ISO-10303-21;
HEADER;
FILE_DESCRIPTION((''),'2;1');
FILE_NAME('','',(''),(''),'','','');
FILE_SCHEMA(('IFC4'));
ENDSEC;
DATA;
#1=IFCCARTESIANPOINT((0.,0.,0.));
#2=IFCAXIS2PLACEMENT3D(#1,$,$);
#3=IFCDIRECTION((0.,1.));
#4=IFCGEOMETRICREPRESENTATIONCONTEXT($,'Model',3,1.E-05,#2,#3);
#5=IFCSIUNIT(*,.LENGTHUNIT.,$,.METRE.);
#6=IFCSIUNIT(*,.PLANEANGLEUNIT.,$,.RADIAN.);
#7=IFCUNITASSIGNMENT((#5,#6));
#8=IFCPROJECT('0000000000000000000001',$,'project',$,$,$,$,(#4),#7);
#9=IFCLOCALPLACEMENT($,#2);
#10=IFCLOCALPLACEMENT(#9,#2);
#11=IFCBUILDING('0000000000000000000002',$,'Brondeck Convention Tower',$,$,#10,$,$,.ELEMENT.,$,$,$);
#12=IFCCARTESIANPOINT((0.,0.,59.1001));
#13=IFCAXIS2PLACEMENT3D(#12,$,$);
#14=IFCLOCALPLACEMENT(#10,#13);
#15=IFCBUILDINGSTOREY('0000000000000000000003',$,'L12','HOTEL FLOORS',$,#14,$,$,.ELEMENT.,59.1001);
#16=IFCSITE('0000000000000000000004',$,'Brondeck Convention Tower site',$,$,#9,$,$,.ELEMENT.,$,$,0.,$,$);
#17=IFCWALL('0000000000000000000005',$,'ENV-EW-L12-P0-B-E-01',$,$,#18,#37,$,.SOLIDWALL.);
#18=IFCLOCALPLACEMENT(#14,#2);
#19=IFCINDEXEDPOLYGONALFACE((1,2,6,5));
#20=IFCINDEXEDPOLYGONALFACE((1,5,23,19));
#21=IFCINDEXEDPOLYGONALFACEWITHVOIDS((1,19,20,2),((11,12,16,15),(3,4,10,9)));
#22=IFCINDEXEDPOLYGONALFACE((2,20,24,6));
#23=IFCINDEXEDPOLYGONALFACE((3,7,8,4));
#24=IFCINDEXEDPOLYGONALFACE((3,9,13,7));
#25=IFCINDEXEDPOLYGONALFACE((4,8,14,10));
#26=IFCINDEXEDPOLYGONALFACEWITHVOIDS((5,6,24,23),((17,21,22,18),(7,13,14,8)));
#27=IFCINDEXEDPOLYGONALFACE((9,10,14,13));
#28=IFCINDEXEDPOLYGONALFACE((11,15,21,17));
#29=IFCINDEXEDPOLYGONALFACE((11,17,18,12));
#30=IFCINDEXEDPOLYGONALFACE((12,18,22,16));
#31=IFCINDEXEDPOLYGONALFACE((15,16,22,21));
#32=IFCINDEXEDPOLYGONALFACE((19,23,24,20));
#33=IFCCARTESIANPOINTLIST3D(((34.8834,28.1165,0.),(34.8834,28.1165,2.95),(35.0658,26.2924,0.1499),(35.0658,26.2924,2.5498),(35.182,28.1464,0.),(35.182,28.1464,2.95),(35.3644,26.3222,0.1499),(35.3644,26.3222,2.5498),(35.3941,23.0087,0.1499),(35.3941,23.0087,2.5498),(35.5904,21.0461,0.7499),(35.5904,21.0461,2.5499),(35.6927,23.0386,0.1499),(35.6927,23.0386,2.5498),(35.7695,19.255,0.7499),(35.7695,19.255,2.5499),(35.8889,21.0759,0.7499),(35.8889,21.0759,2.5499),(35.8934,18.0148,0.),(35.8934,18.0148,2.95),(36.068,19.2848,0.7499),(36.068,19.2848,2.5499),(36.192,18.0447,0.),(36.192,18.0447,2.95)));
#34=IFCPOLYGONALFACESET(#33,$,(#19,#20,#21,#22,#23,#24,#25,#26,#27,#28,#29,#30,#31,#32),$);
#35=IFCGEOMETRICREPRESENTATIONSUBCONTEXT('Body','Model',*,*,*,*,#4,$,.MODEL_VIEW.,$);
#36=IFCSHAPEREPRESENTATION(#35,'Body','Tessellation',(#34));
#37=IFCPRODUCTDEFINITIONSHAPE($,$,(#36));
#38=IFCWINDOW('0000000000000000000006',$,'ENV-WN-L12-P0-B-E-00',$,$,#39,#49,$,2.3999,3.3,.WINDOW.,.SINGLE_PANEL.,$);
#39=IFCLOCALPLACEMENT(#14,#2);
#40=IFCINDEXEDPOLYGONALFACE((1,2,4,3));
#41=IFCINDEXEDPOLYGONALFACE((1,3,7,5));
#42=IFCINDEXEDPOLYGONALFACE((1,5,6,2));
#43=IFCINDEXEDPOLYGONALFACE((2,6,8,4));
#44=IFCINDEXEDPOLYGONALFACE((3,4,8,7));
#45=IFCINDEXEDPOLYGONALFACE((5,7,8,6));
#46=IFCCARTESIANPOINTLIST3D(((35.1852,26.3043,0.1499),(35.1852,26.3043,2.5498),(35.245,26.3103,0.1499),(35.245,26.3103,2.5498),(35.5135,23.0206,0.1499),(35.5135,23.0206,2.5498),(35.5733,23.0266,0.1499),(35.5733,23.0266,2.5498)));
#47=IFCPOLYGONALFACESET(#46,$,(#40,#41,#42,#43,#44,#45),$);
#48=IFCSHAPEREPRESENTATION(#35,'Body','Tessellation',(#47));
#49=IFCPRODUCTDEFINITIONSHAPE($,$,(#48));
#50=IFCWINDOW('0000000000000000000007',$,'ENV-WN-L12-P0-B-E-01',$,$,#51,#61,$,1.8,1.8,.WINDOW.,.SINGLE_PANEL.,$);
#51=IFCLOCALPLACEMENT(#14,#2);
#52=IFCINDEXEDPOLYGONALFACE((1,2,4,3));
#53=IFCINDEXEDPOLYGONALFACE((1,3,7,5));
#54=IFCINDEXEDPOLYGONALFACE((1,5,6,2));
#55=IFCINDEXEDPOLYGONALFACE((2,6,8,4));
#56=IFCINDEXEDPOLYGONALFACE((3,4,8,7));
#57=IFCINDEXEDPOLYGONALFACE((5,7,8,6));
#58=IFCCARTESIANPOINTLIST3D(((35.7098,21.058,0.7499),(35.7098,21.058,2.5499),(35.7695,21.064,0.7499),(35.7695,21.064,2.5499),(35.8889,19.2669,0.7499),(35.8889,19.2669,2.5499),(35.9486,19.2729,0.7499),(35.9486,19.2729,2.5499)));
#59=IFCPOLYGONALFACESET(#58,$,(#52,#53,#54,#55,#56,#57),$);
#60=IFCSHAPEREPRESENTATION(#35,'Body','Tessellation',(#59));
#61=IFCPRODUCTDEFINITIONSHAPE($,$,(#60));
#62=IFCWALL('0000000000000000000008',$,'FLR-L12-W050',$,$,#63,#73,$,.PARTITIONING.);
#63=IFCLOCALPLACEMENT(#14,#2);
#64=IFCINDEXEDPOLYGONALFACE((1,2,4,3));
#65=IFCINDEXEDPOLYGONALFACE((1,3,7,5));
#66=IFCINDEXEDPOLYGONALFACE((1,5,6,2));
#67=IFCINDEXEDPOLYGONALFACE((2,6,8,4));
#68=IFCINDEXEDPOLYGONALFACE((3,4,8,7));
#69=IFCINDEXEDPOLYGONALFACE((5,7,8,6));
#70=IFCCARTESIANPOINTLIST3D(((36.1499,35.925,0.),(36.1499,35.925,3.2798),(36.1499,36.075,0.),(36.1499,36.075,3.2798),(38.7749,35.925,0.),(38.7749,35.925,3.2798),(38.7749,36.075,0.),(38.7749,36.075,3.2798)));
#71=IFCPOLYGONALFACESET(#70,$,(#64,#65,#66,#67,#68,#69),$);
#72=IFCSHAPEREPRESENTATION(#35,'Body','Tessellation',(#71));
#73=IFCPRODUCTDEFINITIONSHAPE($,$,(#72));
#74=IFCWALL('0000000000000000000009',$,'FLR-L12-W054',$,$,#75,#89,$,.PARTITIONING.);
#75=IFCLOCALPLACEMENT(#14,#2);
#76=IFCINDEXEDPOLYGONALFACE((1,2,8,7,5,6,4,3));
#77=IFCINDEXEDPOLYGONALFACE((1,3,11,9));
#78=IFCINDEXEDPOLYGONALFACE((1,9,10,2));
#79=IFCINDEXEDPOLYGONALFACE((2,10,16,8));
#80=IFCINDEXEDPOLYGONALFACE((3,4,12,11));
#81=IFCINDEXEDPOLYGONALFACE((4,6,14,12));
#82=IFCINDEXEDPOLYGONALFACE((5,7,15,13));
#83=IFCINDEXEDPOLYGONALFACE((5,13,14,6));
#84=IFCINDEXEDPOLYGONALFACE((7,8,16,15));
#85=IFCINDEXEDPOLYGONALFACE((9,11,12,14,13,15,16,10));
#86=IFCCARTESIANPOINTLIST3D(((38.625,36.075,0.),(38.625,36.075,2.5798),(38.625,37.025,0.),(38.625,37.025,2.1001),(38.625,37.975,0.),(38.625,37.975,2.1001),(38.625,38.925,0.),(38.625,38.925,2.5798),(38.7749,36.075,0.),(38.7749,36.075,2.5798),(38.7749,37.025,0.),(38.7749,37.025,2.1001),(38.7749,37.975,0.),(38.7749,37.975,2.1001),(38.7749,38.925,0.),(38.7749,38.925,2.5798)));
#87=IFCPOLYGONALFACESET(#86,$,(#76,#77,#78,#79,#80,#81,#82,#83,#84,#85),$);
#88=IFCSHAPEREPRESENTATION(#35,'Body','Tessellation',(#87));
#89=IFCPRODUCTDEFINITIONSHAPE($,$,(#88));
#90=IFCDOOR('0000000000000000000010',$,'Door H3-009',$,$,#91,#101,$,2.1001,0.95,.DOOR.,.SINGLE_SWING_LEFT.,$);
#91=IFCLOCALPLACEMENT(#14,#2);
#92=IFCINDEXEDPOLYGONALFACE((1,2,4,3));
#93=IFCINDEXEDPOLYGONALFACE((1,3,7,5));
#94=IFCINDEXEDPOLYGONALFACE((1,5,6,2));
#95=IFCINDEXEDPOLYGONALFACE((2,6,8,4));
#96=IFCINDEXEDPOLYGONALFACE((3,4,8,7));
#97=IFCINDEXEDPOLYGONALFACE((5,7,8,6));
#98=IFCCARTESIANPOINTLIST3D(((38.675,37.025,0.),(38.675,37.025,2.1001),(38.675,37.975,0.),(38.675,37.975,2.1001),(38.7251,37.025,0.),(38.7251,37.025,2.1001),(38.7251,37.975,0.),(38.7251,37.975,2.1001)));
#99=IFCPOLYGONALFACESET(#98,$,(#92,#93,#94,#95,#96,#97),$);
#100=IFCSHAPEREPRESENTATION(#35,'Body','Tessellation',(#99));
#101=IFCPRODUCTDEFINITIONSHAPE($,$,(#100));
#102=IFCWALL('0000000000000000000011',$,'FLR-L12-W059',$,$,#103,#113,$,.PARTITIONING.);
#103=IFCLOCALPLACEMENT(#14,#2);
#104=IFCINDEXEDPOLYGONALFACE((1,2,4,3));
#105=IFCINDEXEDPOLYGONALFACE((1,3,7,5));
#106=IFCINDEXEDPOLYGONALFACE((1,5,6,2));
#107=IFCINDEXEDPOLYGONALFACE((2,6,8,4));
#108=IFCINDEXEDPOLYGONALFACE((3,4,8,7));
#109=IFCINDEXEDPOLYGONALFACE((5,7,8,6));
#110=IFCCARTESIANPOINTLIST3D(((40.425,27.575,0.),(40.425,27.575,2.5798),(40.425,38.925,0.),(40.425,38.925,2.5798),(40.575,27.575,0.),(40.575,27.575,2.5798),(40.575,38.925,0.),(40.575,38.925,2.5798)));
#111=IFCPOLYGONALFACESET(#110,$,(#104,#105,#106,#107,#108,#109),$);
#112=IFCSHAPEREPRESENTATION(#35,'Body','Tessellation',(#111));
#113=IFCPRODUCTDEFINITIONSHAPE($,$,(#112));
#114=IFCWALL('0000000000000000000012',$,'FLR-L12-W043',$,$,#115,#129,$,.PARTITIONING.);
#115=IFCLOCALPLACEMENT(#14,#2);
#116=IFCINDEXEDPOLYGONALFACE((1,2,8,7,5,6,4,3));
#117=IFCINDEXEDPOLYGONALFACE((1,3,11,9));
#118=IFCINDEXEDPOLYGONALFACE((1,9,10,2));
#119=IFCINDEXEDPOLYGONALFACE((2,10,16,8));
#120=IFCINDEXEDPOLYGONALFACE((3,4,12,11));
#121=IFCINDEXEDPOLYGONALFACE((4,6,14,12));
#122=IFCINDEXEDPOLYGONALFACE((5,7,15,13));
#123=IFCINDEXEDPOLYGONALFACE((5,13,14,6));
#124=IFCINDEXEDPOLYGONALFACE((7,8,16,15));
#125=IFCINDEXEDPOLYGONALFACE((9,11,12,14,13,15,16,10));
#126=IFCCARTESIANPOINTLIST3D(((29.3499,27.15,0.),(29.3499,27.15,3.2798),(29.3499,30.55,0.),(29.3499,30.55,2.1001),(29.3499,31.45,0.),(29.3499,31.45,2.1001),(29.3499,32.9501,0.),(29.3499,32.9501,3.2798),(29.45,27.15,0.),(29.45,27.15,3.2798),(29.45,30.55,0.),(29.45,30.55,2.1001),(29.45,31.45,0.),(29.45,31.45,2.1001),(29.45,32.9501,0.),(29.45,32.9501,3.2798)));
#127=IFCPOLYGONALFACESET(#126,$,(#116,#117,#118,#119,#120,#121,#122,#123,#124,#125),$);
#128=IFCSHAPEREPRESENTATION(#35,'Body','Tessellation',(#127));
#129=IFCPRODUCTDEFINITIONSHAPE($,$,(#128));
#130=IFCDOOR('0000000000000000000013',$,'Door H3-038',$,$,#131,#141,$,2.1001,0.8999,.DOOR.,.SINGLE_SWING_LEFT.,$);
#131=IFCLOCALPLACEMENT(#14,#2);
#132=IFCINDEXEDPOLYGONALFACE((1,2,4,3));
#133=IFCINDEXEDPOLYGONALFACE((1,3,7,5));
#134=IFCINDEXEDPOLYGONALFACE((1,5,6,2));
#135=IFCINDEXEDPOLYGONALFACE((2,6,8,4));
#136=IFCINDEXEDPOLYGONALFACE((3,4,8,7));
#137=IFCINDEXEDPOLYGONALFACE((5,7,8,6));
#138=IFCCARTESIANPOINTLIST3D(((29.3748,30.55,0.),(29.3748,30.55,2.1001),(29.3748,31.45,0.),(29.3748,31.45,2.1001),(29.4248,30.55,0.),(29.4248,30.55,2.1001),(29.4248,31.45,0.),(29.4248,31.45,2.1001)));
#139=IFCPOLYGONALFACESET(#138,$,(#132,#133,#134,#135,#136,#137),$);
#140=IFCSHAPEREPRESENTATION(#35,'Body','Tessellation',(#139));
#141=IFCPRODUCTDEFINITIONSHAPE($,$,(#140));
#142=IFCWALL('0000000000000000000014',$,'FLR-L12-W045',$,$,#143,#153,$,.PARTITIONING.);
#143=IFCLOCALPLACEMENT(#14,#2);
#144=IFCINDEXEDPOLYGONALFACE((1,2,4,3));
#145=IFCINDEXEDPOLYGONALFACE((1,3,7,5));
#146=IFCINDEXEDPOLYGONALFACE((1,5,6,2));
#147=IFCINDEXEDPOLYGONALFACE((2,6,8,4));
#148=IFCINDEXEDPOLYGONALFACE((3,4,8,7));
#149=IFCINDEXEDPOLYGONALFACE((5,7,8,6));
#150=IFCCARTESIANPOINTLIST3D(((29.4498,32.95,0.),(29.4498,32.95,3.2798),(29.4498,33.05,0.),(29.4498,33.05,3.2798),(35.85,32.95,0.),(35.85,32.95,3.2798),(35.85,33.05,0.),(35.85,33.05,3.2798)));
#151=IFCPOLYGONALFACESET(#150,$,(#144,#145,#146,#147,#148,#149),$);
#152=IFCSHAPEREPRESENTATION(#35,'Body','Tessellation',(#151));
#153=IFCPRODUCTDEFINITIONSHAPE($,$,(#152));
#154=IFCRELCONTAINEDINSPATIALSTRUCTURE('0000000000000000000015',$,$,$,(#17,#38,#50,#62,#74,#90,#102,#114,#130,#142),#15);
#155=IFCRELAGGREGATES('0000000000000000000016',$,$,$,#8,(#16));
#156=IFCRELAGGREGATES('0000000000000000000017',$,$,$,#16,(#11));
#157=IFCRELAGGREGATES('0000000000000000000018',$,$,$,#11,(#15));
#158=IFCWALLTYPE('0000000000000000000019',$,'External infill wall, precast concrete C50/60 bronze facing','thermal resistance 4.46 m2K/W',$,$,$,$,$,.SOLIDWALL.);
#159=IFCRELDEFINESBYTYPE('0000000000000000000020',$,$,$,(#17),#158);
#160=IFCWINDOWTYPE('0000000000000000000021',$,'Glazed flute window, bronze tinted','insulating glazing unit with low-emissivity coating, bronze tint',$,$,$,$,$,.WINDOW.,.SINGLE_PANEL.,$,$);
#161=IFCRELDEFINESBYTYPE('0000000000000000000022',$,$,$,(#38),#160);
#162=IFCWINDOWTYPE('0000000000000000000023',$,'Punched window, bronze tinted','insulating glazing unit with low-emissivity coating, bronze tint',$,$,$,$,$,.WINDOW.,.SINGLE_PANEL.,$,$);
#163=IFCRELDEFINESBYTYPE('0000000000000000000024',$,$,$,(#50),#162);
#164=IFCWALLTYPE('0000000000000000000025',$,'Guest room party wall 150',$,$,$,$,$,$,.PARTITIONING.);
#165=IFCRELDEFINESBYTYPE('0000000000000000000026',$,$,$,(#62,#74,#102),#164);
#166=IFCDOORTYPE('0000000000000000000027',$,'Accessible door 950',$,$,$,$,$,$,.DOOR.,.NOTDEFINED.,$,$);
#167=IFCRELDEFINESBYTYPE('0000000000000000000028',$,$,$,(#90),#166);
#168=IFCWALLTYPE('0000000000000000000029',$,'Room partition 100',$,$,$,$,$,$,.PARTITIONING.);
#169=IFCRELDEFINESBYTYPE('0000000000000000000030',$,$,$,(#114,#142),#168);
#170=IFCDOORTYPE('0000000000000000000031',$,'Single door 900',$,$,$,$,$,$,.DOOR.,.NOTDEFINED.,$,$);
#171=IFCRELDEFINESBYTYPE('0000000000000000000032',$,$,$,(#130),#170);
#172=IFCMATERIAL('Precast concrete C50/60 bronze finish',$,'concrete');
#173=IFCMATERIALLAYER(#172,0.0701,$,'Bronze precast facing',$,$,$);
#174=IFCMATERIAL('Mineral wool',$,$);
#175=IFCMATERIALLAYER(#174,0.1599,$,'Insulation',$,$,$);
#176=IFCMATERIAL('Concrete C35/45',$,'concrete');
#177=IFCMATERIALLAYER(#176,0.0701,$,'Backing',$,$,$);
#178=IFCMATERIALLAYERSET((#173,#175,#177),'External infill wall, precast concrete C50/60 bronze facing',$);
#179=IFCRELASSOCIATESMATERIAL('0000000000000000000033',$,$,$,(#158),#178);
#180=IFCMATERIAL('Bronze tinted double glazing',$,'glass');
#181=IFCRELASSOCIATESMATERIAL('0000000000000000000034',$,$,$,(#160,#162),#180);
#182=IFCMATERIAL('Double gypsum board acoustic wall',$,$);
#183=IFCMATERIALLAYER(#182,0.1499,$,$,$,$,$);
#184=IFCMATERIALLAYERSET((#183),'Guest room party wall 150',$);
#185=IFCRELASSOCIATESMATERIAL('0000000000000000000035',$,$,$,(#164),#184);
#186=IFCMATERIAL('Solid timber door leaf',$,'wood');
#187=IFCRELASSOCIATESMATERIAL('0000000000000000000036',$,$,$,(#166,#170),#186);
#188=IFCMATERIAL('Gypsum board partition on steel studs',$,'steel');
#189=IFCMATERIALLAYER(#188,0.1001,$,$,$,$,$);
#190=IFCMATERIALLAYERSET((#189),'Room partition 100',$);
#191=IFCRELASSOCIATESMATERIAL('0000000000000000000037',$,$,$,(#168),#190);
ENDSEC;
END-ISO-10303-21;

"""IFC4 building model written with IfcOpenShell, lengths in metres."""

from ifc_helpers import new_model, si_unit, direction, frame, frame_2d, origin, place, context, subcontext, project, spatial, rectangle, extrude, material, layer, layer_set, type_object, element, fill, save


model = new_model("IFC4")

# Units and contexts
model_context = context("Model", 3, precision=1e-05, world=origin(), true_north=direction((0.0, 1.0)))
body_context = subcontext(model_context, "Body", "Model", "MODEL_VIEW")
ifc_project = project(units=[si_unit("LENGTHUNIT", "METRE"), si_unit("PLANEANGLEUNIT", "RADIAN")], contexts=[model_context])

# Site, building, storey
site_placement = place(None, origin())
site = spatial("IfcSite", under=ifc_project, at=site_placement, Name="Brondeck Convention Tower site", CompositionType="ELEMENT", RefElevation=0.0)
building_placement = place(site_placement, origin())
building = spatial("IfcBuilding", under=site, at=building_placement, Name="Brondeck Convention Tower", CompositionType="ELEMENT")
storey_placement = place(building_placement, frame((0.0, 0.0, 59.1001)))
storey = spatial("IfcBuildingStorey", under=building, at=storey_placement, Name="L12", Description="HOTEL FLOORS", CompositionType="ELEMENT", Elevation=59.1001)

# Wall, openings, windows
ifc_material_1 = material(Name="Precast concrete C50/60 bronze finish", Category="concrete")
ifc_layer_1 = layer(ifc_material_1, 0.0701, Name="Bronze precast facing")
ifc_material_2 = material(Name="Mineral wool")
ifc_layer_2 = layer(ifc_material_2, 0.1599, Name="Insulation")
ifc_material_3 = material(Name="Concrete C35/45", Category="concrete")
ifc_layer_3 = layer(ifc_material_3, 0.0701, Name="Backing")
ifc_layer_set_1 = layer_set([ifc_layer_1, ifc_layer_2, ifc_layer_3], Name="External infill wall, precast concrete C50/60 bronze facing")
wall_type_1 = type_object("IfcWallType", Name="External infill wall, precast concrete C50/60 bronze facing", Description="thermal resistance 4.46 m2K/W", PredefinedType="SOLIDWALL", material=ifc_layer_set_1)
wall_1_placement = place(storey_placement, frame((35.0327, 28.1316, 0.0), z_axis=(0.0, 0.0, 1.0), x_axis=(0.099487, -0.995039, 0.0)))
wall_1 = element("IfcWall", 1, at=wall_1_placement, inside=storey, type_object=wall_type_1, Name="ENV-EW-L12-P0-B-E-01", PredefinedType="SOLIDWALL", context=body_context, shape_type="SweptSolid", body=[
    extrude(rectangle(XDim=10.1521, YDim=0.3, at=frame_2d((5.0762, 0.0))), origin(), (0.0, 0.0, 1.0), 2.95),
])
opening_1_placement = place(wall_1_placement, frame((1.8335, 0.0, 0.1499)))
opening_1 = element("IfcOpeningElement", 2, at=opening_1_placement, cuts=wall_1, PredefinedType="OPENING", context=body_context, shape_type="SweptSolid", body=[
    extrude(rectangle(XDim=3.3, YDim=2.3999, at=frame_2d((1.6499, 1.2))), frame((0.0, 0.1599, 0.0), z_axis=(0.0, -1.0, 0.0), x_axis=(1.0, 0.0, 0.0)), (0.0, 0.0, 1.0), 0.3201),
])
opening_2_placement = place(wall_1_placement, frame((7.106, 0.0, 0.75)))
opening_2 = element("IfcOpeningElement", 3, at=opening_2_placement, cuts=wall_1, PredefinedType="OPENING", context=body_context, shape_type="SweptSolid", body=[
    extrude(rectangle(XDim=1.8, YDim=1.8, at=frame_2d((0.8999, 0.8999))), frame((0.0, 0.1599, 0.0), z_axis=(0.0, -1.0, 0.0), x_axis=(1.0, 0.0, 0.0)), (0.0, 0.0, 1.0), 0.3201),
])
ifc_material_4 = material(Name="Bronze tinted double glazing", Category="glass")
window_type_1 = type_object("IfcWindowType", Name="Glazed flute window, bronze tinted", Description="insulating glazing unit with low-emissivity coating, bronze tint", PartitioningType="SINGLE_PANEL", PredefinedType="WINDOW", material=ifc_material_4)
window_1_placement = place(opening_1_placement, origin())
window_1 = element("IfcWindow", 4, at=window_1_placement, inside=storey, type_object=window_type_1, Name="ENV-WN-L12-P0-B-E-00", OverallHeight=2.3999, OverallWidth=3.3, PartitioningType="SINGLE_PANEL", PredefinedType="WINDOW", context=body_context, shape_type="SweptSolid", body=[
    extrude(rectangle(XDim=3.3, YDim=2.3999, at=frame_2d((1.6499, 1.2))), frame((0.0, 0.03, 0.0), z_axis=(0.0, -1.0, 0.0), x_axis=(1.0, 0.0, 0.0)), (0.0, 0.0, 1.0), 0.0601),
])
fill(opening_1, window_1)
window_type_2 = type_object("IfcWindowType", Name="Punched window, bronze tinted", Description="insulating glazing unit with low-emissivity coating, bronze tint", PartitioningType="SINGLE_PANEL", PredefinedType="WINDOW", material=ifc_material_4)
window_2_placement = place(opening_2_placement, origin())
window_2 = element("IfcWindow", 5, at=window_2_placement, inside=storey, type_object=window_type_2, Name="ENV-WN-L12-P0-B-E-01", OverallHeight=1.8, OverallWidth=1.8, PartitioningType="SINGLE_PANEL", PredefinedType="WINDOW", context=body_context, shape_type="SweptSolid", body=[
    extrude(rectangle(XDim=1.8, YDim=1.8, at=frame_2d((0.8999, 0.8999))), frame((0.0, 0.03, 0.0), z_axis=(0.0, -1.0, 0.0), x_axis=(1.0, 0.0, 0.0)), (0.0, 0.0, 1.0), 0.0601),
])
fill(opening_2, window_2)

# Wall
ifc_material_5 = material(Name="Double gypsum board acoustic wall")
ifc_layer_4 = layer(ifc_material_5, 0.1499)
ifc_layer_set_2 = layer_set([ifc_layer_4], Name="Guest room party wall 150")
wall_type_2 = type_object("IfcWallType", Name="Guest room party wall 150", PredefinedType="PARTITIONING", material=ifc_layer_set_2)
wall_2_placement = place(storey_placement, frame((36.1499, 36.0, 0.0), z_axis=(0.0, 0.0, 1.0), x_axis=(1.0, 0.0, 0.0)))
element("IfcWall", 6, at=wall_2_placement, inside=storey, type_object=wall_type_2, Name="FLR-L12-W050", PredefinedType="PARTITIONING", context=body_context, shape_type="SweptSolid", body=[
    extrude(rectangle(XDim=2.625, YDim=0.1499, at=frame_2d((1.3125, 0.0))), origin(), (0.0, 0.0, 1.0), 3.2798),
])

# Wall, opening, door
wall_3_placement = place(storey_placement, frame((38.7, 36.075, 0.0), z_axis=(0.0, 0.0, 1.0), x_axis=(0.0, 1.0, 0.0)))
wall_3 = element("IfcWall", 7, at=wall_3_placement, inside=storey, type_object=wall_type_2, Name="FLR-L12-W054", PredefinedType="PARTITIONING", context=body_context, shape_type="SweptSolid", body=[
    extrude(rectangle(XDim=2.8501, YDim=0.1499, at=frame_2d((1.425, 0.0))), origin(), (0.0, 0.0, 1.0), 2.5798),
])
opening_3_placement = place(wall_3_placement, frame((0.95, 0.0, 0.0)))
opening_3 = element("IfcOpeningElement", 8, at=opening_3_placement, cuts=wall_3, PredefinedType="OPENING", context=body_context, shape_type="SweptSolid", body=[
    extrude(rectangle(XDim=0.95, YDim=2.1001, at=frame_2d((0.4751, 1.05))), frame((0.0, 0.085, 0.0), z_axis=(0.0, -1.0, 0.0), x_axis=(1.0, 0.0, 0.0)), (0.0, 0.0, 1.0), 0.1699),
])
ifc_material_6 = material(Name="Solid timber door leaf", Category="wood")
door_type_1 = type_object("IfcDoorType", Name="Accessible door 950", OperationType="NOTDEFINED", PredefinedType="DOOR", material=ifc_material_6)
door_1_placement = place(opening_3_placement, origin())
door_1 = element("IfcDoor", 9, at=door_1_placement, inside=storey, type_object=door_type_1, Name="Door H3-009", OperationType="SINGLE_SWING_LEFT", OverallHeight=2.1001, OverallWidth=0.95, PredefinedType="DOOR", context=body_context, shape_type="SweptSolid", body=[
    extrude(rectangle(XDim=0.95, YDim=2.1001, at=frame_2d((0.4751, 1.05))), frame((0.0, 0.0249, 0.0), z_axis=(0.0, -1.0, 0.0), x_axis=(1.0, 0.0, 0.0)), (0.0, 0.0, 1.0), 0.05),
])
fill(opening_3, door_1)

# Wall
wall_4_placement = place(storey_placement, frame((40.5, 38.925, 0.0), z_axis=(0.0, 0.0, 1.0), x_axis=(0.0, -1.0, 0.0)))
element("IfcWall", 10, at=wall_4_placement, inside=storey, type_object=wall_type_2, Name="FLR-L12-W059", PredefinedType="PARTITIONING", context=body_context, shape_type="SweptSolid", body=[
    extrude(rectangle(XDim=11.3501, YDim=0.1499, at=frame_2d((5.675, 0.0))), origin(), (0.0, 0.0, 1.0), 2.5798),
])

# Wall, opening, door
ifc_material_7 = material(Name="Gypsum board partition on steel studs", Category="steel")
ifc_layer_5 = layer(ifc_material_7, 0.1001)
ifc_layer_set_3 = layer_set([ifc_layer_5], Name="Room partition 100")
wall_type_3 = type_object("IfcWallType", Name="Room partition 100", PredefinedType="PARTITIONING", material=ifc_layer_set_3)
wall_5_placement = place(storey_placement, frame((29.3999, 32.95, 0.0), z_axis=(0.0, 0.0, 1.0), x_axis=(0.0, -1.0, 0.0)))
wall_5 = element("IfcWall", 11, at=wall_5_placement, inside=storey, type_object=wall_type_3, Name="FLR-L12-W043", PredefinedType="PARTITIONING", context=body_context, shape_type="SweptSolid", body=[
    extrude(rectangle(XDim=5.8, YDim=0.1001, at=frame_2d((2.8999, 0.0))), origin(), (0.0, 0.0, 1.0), 3.2798),
])
opening_4_placement = place(wall_5_placement, frame((1.5, 0.0, 0.0)))
opening_4 = element("IfcOpeningElement", 12, at=opening_4_placement, cuts=wall_5, PredefinedType="OPENING", context=body_context, shape_type="SweptSolid", body=[
    extrude(rectangle(XDim=0.8999, YDim=2.1001, at=frame_2d((0.45, 1.05))), frame((0.0, 0.0601, 0.0), z_axis=(0.0, -1.0, 0.0), x_axis=(1.0, 0.0, 0.0)), (0.0, 0.0, 1.0), 0.1201),
])
door_type_2 = type_object("IfcDoorType", Name="Single door 900", OperationType="NOTDEFINED", PredefinedType="DOOR", material=ifc_material_6)
door_2_placement = place(opening_4_placement, origin())
door_2 = element("IfcDoor", 13, at=door_2_placement, inside=storey, type_object=door_type_2, Name="Door H3-038", OperationType="SINGLE_SWING_LEFT", OverallHeight=2.1001, OverallWidth=0.8999, PredefinedType="DOOR", context=body_context, shape_type="SweptSolid", body=[
    extrude(rectangle(XDim=0.8999, YDim=2.1001, at=frame_2d((0.45, 1.05))), frame((0.0, 0.0249, 0.0), z_axis=(0.0, -1.0, 0.0), x_axis=(1.0, 0.0, 0.0)), (0.0, 0.0, 1.0), 0.05),
])
fill(opening_4, door_2)

# Wall
wall_6_placement = place(storey_placement, frame((35.8501, 33.0, 0.0), z_axis=(0.0, 0.0, 1.0), x_axis=(-1.0, 0.0, 0.0)))
element("IfcWall", 14, at=wall_6_placement, inside=storey, type_object=wall_type_3, Name="FLR-L12-W045", PredefinedType="PARTITIONING", context=body_context, shape_type="SweptSolid", body=[
    extrude(rectangle(XDim=6.4001, YDim=0.1001, at=frame_2d((3.2002, 0.0))), origin(), (0.0, 0.0, 1.0), 3.2798),
])

save(model, "model.ifc")
